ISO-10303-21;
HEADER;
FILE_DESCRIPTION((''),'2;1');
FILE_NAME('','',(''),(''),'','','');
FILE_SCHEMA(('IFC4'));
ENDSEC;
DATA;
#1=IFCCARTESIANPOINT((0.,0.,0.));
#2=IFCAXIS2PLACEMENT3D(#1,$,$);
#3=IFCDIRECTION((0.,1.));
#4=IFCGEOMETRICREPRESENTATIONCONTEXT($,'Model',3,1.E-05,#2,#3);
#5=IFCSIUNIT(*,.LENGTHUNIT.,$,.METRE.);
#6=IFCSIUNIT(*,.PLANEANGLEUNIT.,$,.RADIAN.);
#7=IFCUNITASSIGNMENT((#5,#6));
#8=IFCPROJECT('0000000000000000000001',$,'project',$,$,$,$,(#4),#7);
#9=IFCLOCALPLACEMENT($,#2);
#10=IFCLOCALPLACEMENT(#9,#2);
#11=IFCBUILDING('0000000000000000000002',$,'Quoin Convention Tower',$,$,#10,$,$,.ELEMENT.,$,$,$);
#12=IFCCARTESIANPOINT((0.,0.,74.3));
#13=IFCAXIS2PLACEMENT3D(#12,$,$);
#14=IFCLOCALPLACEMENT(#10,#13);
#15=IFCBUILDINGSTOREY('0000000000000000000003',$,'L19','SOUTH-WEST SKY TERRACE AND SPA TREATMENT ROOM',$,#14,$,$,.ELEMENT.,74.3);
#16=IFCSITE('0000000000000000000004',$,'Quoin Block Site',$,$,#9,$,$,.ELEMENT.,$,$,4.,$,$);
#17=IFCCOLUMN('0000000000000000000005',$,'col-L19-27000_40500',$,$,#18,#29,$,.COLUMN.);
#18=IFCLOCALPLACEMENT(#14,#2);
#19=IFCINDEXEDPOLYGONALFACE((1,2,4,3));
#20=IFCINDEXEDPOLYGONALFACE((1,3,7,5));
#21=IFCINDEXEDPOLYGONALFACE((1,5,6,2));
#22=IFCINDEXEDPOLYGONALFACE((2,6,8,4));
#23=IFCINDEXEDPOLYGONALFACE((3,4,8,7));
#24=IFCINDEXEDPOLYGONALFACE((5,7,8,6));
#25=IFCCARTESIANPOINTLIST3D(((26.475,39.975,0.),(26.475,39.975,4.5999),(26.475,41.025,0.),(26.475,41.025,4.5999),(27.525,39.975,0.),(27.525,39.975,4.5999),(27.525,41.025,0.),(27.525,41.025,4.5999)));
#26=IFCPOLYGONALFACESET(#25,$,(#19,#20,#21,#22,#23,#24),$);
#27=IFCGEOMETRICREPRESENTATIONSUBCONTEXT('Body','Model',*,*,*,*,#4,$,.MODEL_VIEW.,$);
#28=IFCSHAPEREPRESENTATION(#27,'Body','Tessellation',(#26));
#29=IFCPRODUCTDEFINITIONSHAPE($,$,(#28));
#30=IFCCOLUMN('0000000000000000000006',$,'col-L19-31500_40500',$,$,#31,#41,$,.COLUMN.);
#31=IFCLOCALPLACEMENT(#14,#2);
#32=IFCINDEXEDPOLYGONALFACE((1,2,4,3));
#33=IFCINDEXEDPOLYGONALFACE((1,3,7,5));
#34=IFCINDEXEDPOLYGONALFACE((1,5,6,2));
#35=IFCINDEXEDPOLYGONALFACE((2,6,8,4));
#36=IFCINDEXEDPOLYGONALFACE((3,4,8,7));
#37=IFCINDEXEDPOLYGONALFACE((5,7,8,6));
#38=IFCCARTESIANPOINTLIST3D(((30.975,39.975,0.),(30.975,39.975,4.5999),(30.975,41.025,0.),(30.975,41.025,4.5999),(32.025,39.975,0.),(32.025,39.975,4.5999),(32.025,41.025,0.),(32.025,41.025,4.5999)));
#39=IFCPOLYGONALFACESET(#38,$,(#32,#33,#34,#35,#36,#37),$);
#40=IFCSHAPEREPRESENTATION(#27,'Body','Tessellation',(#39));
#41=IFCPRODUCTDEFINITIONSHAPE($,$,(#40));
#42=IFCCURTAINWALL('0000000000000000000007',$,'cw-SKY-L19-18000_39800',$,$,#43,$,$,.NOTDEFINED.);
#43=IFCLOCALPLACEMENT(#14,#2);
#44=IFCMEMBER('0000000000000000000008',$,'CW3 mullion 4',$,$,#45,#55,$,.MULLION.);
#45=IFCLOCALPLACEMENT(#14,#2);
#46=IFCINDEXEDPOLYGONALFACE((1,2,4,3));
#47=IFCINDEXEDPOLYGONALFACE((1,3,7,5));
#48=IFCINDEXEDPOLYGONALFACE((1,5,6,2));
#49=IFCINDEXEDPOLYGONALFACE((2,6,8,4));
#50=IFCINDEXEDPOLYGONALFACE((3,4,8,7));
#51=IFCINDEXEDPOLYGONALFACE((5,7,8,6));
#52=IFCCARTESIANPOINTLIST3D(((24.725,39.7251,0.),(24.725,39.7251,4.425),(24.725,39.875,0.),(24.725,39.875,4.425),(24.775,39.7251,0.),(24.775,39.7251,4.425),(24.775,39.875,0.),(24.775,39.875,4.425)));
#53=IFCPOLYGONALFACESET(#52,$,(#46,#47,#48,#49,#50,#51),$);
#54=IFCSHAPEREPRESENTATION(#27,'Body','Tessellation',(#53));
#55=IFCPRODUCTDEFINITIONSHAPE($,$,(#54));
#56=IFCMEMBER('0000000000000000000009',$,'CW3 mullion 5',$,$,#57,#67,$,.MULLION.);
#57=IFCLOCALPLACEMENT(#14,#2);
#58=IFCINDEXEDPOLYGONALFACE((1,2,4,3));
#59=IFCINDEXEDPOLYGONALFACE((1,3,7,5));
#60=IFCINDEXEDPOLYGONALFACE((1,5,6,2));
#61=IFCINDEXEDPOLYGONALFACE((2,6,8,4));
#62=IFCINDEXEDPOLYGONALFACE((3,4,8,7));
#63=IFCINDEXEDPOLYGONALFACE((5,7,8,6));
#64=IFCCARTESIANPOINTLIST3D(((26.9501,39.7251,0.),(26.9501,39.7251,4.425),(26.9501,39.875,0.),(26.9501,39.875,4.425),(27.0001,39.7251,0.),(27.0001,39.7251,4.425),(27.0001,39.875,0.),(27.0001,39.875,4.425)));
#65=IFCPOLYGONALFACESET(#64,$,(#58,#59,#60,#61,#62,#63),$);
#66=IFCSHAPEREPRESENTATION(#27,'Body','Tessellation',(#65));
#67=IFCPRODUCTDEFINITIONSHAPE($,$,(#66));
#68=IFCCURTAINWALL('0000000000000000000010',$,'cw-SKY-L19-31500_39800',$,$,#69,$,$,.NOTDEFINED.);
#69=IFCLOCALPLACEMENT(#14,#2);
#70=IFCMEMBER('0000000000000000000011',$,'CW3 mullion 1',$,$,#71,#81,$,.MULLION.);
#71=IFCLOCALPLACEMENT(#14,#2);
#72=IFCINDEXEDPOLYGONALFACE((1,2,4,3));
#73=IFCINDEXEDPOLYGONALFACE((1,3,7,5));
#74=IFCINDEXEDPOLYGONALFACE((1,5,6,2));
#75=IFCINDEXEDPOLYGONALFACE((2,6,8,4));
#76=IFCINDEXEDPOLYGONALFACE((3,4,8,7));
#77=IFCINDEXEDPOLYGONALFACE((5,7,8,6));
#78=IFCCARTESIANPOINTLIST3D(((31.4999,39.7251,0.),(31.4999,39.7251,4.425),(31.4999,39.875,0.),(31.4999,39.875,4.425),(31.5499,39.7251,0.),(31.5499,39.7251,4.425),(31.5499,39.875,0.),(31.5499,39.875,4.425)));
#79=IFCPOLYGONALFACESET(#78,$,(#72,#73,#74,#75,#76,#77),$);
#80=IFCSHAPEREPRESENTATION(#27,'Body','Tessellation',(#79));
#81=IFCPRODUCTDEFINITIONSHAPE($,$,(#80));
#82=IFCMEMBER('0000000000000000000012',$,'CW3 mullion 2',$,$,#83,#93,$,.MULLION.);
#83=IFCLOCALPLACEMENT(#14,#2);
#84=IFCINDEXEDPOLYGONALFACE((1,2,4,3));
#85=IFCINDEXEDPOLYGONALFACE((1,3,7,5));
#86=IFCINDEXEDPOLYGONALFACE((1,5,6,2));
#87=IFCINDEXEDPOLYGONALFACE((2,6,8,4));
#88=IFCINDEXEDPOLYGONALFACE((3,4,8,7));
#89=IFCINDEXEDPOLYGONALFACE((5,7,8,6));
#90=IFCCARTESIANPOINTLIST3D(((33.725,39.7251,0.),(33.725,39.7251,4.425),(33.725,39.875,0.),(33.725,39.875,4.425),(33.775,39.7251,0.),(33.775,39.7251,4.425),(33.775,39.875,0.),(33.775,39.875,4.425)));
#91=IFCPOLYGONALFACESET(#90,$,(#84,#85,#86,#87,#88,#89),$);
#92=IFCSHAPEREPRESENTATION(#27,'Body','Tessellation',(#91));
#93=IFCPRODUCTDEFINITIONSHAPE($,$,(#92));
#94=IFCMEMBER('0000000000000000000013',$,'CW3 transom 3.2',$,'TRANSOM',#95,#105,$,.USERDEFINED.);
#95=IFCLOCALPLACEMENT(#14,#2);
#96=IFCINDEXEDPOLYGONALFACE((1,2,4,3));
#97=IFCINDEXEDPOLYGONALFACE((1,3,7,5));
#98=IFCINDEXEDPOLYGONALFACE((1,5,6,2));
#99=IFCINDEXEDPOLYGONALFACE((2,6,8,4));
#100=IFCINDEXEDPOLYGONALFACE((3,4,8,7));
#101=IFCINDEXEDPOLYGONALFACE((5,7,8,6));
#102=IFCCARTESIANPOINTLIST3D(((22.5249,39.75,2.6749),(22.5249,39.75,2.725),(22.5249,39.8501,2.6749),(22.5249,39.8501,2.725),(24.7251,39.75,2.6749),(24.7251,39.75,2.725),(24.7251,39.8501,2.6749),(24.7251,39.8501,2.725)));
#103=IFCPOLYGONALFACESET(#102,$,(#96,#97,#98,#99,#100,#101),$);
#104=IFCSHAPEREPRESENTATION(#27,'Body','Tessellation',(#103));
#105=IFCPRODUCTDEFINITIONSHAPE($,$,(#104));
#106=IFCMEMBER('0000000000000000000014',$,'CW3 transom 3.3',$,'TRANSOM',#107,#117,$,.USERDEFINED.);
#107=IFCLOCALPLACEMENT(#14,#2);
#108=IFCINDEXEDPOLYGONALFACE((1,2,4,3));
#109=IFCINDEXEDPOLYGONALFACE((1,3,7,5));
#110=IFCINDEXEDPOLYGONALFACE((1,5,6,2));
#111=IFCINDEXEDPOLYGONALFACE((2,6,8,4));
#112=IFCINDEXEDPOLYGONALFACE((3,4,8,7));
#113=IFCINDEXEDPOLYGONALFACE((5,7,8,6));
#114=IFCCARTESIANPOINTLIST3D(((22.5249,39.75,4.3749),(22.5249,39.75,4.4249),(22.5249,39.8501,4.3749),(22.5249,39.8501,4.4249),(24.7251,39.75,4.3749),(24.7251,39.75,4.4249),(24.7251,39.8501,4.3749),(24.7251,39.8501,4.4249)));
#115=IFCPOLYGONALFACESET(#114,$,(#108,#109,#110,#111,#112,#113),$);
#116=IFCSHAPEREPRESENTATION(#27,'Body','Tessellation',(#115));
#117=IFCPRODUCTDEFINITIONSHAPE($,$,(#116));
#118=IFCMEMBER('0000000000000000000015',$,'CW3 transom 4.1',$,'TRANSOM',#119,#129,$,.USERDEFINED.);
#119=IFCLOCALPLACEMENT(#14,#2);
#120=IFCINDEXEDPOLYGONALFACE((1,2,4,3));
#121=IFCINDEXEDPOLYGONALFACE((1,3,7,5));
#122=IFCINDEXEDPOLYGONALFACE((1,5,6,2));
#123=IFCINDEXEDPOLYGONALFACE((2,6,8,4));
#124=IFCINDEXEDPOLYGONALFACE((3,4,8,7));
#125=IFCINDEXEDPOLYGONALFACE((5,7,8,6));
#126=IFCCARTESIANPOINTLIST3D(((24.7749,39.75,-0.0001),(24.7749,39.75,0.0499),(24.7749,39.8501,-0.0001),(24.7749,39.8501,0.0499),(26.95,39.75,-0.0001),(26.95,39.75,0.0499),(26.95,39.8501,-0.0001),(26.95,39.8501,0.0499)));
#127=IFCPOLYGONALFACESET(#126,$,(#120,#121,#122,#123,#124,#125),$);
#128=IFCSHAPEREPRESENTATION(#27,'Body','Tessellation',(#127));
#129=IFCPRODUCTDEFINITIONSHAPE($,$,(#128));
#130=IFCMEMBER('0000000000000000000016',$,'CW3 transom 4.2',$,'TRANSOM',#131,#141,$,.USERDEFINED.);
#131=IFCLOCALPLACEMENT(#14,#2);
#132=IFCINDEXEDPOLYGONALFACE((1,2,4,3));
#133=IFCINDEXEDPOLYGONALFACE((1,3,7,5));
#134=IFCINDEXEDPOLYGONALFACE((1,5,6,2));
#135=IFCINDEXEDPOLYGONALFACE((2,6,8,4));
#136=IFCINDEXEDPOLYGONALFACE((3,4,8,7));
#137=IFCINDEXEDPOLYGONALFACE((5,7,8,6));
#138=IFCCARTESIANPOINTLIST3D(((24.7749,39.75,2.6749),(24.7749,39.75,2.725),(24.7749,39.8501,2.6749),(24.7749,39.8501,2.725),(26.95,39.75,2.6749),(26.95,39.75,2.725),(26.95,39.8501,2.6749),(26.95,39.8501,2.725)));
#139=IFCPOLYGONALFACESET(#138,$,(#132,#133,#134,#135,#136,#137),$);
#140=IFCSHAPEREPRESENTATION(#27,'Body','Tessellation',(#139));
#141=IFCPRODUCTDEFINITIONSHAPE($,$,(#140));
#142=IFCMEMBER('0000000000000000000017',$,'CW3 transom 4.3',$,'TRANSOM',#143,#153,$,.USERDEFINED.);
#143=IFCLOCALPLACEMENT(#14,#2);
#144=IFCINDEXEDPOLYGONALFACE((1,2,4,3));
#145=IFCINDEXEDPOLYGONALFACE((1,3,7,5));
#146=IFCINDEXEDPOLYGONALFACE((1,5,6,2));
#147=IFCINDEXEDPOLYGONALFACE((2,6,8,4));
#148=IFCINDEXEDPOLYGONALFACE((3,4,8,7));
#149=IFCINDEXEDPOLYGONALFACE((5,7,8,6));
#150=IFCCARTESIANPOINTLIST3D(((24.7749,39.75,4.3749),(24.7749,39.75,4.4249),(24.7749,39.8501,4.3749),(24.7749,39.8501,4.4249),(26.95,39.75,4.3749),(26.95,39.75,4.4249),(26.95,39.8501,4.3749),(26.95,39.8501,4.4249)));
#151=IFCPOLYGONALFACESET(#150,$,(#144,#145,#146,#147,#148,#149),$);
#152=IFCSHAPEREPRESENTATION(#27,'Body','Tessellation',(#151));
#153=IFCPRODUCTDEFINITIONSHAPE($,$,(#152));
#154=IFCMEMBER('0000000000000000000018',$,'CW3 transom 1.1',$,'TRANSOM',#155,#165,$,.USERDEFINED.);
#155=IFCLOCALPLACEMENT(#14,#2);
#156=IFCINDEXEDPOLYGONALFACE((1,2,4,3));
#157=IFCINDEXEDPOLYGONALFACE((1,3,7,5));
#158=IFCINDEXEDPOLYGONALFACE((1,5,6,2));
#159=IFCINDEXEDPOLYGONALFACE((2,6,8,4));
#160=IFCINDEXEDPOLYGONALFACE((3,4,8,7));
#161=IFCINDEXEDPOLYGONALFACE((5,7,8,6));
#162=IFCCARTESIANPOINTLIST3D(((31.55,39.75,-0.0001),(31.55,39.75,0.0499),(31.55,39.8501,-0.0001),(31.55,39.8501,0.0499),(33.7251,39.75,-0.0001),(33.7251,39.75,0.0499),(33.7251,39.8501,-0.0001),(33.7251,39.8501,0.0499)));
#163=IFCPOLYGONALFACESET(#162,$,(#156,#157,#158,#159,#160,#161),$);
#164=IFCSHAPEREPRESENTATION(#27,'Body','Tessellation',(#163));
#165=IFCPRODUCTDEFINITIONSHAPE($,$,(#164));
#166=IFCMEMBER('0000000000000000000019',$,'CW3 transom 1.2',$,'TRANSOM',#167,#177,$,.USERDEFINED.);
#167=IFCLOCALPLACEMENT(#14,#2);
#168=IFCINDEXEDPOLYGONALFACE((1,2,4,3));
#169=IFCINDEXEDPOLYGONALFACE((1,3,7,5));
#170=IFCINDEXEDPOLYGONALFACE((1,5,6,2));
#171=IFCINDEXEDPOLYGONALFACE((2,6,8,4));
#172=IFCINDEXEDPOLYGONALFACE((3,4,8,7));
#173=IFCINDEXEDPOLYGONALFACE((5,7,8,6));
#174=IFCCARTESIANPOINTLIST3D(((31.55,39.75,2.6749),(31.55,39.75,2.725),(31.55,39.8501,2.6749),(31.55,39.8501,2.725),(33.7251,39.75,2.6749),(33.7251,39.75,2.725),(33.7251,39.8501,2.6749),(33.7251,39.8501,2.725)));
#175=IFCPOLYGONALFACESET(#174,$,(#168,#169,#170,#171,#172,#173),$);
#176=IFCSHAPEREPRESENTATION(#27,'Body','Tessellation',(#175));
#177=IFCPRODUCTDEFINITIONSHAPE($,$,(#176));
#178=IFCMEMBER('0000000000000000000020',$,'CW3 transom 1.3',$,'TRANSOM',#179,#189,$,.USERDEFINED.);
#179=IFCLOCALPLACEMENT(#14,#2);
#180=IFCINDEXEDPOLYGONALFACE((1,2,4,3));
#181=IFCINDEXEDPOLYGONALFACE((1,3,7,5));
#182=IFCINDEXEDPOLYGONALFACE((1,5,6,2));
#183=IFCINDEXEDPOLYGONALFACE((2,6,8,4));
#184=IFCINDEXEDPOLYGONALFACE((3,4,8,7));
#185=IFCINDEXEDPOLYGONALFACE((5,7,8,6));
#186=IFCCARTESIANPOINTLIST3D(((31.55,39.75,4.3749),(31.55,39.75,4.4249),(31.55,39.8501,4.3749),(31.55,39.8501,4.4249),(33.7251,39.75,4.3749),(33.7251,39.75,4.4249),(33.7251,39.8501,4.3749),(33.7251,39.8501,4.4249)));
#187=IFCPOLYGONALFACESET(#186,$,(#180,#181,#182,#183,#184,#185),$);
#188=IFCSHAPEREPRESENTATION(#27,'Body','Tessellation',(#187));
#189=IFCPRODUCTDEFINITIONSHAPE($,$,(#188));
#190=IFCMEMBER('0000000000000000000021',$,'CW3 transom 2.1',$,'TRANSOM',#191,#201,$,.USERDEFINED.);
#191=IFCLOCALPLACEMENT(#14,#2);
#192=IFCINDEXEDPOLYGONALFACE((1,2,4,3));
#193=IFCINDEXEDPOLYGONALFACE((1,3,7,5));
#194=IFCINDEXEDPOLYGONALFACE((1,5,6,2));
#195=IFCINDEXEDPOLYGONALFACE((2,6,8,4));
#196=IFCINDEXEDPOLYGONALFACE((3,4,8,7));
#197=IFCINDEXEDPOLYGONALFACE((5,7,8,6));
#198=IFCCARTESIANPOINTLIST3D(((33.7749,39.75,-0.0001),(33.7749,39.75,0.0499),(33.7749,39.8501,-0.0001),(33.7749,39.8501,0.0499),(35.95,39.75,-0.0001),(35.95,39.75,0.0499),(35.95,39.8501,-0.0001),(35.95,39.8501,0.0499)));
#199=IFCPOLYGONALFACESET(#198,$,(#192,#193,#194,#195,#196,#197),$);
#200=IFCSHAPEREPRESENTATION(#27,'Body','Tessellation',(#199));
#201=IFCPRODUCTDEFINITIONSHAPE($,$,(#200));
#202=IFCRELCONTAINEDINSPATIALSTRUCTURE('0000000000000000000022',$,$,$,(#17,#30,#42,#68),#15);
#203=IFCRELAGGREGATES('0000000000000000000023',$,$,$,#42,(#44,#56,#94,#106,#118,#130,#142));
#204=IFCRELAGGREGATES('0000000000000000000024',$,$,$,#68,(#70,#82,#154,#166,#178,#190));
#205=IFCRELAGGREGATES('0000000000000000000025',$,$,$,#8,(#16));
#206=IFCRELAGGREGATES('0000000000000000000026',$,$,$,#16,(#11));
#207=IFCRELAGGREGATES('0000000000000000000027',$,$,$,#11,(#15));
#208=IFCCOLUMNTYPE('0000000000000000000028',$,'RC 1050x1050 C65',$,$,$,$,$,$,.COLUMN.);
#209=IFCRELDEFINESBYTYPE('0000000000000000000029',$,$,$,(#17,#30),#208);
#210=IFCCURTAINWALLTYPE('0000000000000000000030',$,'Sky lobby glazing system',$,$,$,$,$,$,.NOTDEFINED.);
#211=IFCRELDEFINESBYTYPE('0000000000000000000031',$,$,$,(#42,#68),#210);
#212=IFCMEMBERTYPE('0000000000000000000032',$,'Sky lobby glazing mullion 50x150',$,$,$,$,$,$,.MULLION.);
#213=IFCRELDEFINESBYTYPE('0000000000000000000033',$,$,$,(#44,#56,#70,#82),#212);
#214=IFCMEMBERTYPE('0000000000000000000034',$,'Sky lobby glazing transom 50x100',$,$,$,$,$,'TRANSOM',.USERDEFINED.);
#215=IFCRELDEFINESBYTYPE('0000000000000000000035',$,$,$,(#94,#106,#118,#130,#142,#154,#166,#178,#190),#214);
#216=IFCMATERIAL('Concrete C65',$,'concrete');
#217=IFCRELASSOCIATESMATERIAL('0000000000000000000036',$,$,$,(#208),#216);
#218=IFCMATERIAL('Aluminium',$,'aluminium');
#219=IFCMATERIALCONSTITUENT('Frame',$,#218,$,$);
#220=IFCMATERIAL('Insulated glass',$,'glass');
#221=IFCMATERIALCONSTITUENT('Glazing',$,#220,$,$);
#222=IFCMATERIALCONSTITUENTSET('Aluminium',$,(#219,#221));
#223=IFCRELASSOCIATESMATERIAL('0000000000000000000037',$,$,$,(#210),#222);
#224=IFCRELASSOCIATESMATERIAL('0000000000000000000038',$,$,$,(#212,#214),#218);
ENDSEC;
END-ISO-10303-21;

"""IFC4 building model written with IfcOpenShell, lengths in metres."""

from ifc_helpers import new_model, si_unit, direction, frame, origin, origin_2d, place, context, subcontext, project, spatial, rectangle, extrude, material, constituent, constituent_set, material_profile, profile_set, type_object, element, aggregate, save


model = new_model("IFC4")

# Units and contexts
model_context = context("Model", 3, precision=1e-05, world=origin(), true_north=direction((0.0, 1.0)))
body_context = subcontext(model_context, "Body", "Model", "MODEL_VIEW")
ifc_project = project(units=[si_unit("LENGTHUNIT", "METRE"), si_unit("PLANEANGLEUNIT", "RADIAN")], contexts=[model_context])

# Site, building, storey
site_placement = place(None, origin())
site = spatial("IfcSite", under=ifc_project, at=site_placement, Name="Quoin Block Site", CompositionType="ELEMENT", RefElevation=4.0)
building_placement = place(site_placement, origin())
building = spatial("IfcBuilding", under=site, at=building_placement, Name="Quoin Convention Tower", CompositionType="ELEMENT")
storey_placement = place(building_placement, frame((0.0, 0.0, 74.3)))
storey = spatial("IfcBuildingStorey", under=building, at=storey_placement, Name="L19", Description="SOUTH-WEST SKY TERRACE AND SPA TREATMENT ROOM", CompositionType="ELEMENT", Elevation=74.3)

# Columns
ifc_material_1 = material(Name="Concrete C65", Category="concrete")
ifc_material_profile_1 = material_profile(ifc_material_1, rectangle(XDim=1.05, YDim=1.05, at=origin_2d()), Name="RC 1050x1050")
ifc_profile_set_1 = profile_set([ifc_material_profile_1], Name="Concrete C65")
column_type = type_object("IfcColumnType", Name="RC 1050x1050 C65", PredefinedType="COLUMN", material=ifc_profile_set_1)
for number, where, z_axis, x_axis, name in (
    (1, (27.0, 40.5, 0.0), (0.0, 0.0, 1.0), (1.0, 0.0, 0.0), "col-L19-27000_40500"),
    (2, (31.5, 40.5, 0.0), (0.0, 0.0, 1.0), (1.0, 0.0, 0.0), "col-L19-31500_40500"),
):
    element("IfcColumn", number, at=place(storey_placement, frame(where, z_axis=z_axis, x_axis=x_axis)), inside=storey, type_object=column_type, Name=name, PredefinedType="COLUMN", context=body_context, shape_type="SweptSolid", body=[
        extrude(rectangle(XDim=1.05, YDim=1.05, at=origin_2d()), origin(), (0.0, 0.0, 1.0), 4.5999),
    ])

# Curtain walls, members
ifc_material_2 = material(Name="Aluminium", Category="aluminium")
ifc_constituent_1 = constituent(ifc_material_2, Name="Frame")
ifc_material_3 = material(Name="Insulated glass", Category="glass")
ifc_constituent_2 = constituent(ifc_material_3, Name="Glazing")
ifc_constituent_set_1 = constituent_set(constituents=[ifc_constituent_1, ifc_constituent_2], Name="Aluminium")
curtain_wall_type = type_object("IfcCurtainWallType", Name="Sky lobby glazing system", PredefinedType="NOTDEFINED", material=ifc_constituent_set_1)
curtain_wall_1_placement = place(storey_placement, origin())
curtain_wall_1 = element("IfcCurtainWall", 3, at=curtain_wall_1_placement, inside=storey, type_object=curtain_wall_type, Name="cw-SKY-L19-18000_39800", PredefinedType="NOTDEFINED")
ifc_material_profile_2 = material_profile(ifc_material_2, rectangle(XDim=0.1499, YDim=0.05, at=origin_2d()), Name="Sky lobby glazing mullion 50x150")
ifc_profile_set_2 = profile_set([ifc_material_profile_2], Name="Aluminium")
member_type_1 = type_object("IfcMemberType", Name="Sky lobby glazing mullion 50x150", PredefinedType="MULLION", material=ifc_profile_set_2)
member_1_placement = place(storey_placement, frame((24.75, 39.8, 0.0), z_axis=(0.0, 0.0, 1.0), x_axis=(0.0, 1.0, 0.0)))
member_1 = element("IfcMember", 4, at=member_1_placement, type_object=member_type_1, Name="CW3 mullion 4", PredefinedType="MULLION", context=body_context, shape_type="SweptSolid", body=[
    extrude(rectangle(XDim=0.1499, YDim=0.05, at=origin_2d()), origin(), (0.0, 0.0, 1.0), 4.425),
])
member_2_placement = place(storey_placement, frame((26.9751, 39.8, 0.0), z_axis=(0.0, 0.0, 1.0), x_axis=(0.0, 1.0, 0.0)))
member_2 = element("IfcMember", 5, at=member_2_placement, type_object=member_type_1, Name="CW3 mullion 5", PredefinedType="MULLION", context=body_context, shape_type="SweptSolid", body=[
    extrude(rectangle(XDim=0.1499, YDim=0.05, at=origin_2d()), origin(), (0.0, 0.0, 1.0), 4.425),
])
curtain_wall_2_placement = place(storey_placement, origin())
curtain_wall_2 = element("IfcCurtainWall", 6, at=curtain_wall_2_placement, inside=storey, type_object=curtain_wall_type, Name="cw-SKY-L19-31500_39800", PredefinedType="NOTDEFINED")
member_3_placement = place(storey_placement, frame((31.5249, 39.8, 0.0), z_axis=(0.0, 0.0, 1.0), x_axis=(0.0, 1.0, 0.0)))
member_3 = element("IfcMember", 7, at=member_3_placement, type_object=member_type_1, Name="CW3 mullion 1", PredefinedType="MULLION", context=body_context, shape_type="SweptSolid", body=[
    extrude(rectangle(XDim=0.1499, YDim=0.05, at=origin_2d()), origin(), (0.0, 0.0, 1.0), 4.425),
])
member_4_placement = place(storey_placement, frame((33.75, 39.8, 0.0), z_axis=(0.0, 0.0, 1.0), x_axis=(0.0, 1.0, 0.0)))
member_4 = element("IfcMember", 8, at=member_4_placement, type_object=member_type_1, Name="CW3 mullion 2", PredefinedType="MULLION", context=body_context, shape_type="SweptSolid", body=[
    extrude(rectangle(XDim=0.1499, YDim=0.05, at=origin_2d()), origin(), (0.0, 0.0, 1.0), 4.425),
])

# Members
ifc_material_profile_3 = material_profile(ifc_material_2, rectangle(XDim=0.1001, YDim=0.05, at=origin_2d()), Name="Sky lobby glazing transom 50x100")
ifc_profile_set_3 = profile_set([ifc_material_profile_3], Name="Aluminium")
member_type_2 = type_object("IfcMemberType", Name="Sky lobby glazing transom 50x100", ElementType="TRANSOM", PredefinedType="USERDEFINED", material=ifc_profile_set_3)
member_5_placement = place(storey_placement, frame((22.5249, 39.8, 2.7), z_axis=(1.0, 0.0, 0.0), x_axis=(0.0, 1.0, 0.0)))
member_5 = element("IfcMember", 9, at=member_5_placement, type_object=member_type_2, Name="CW3 transom 3.2", ObjectType="TRANSOM", PredefinedType="USERDEFINED", context=body_context, shape_type="SweptSolid", body=[
    extrude(rectangle(XDim=0.1001, YDim=0.05, at=origin_2d()), origin(), (0.0, 0.0, 1.0), 2.2002),
])
member_6_placement = place(storey_placement, frame((22.5249, 39.8, 4.3999), z_axis=(1.0, 0.0, 0.0), x_axis=(0.0, 1.0, 0.0)))
member_6 = element("IfcMember", 10, at=member_6_placement, type_object=member_type_2, Name="CW3 transom 3.3", ObjectType="TRANSOM", PredefinedType="USERDEFINED", context=body_context, shape_type="SweptSolid", body=[
    extrude(rectangle(XDim=0.1001, YDim=0.05, at=origin_2d()), origin(), (0.0, 0.0, 1.0), 2.2002),
])
member_7_placement = place(storey_placement, frame((24.7749, 39.8, 0.0249), z_axis=(1.0, 0.0, 0.0), x_axis=(0.0, 1.0, 0.0)))
member_7 = element("IfcMember", 11, at=member_7_placement, type_object=member_type_2, Name="CW3 transom 4.1", ObjectType="TRANSOM", PredefinedType="USERDEFINED", context=body_context, shape_type="SweptSolid", body=[
    extrude(rectangle(XDim=0.1001, YDim=0.05, at=origin_2d()), origin(), (0.0, 0.0, 1.0), 2.175),
])
member_8_placement = place(storey_placement, frame((24.7749, 39.8, 2.7), z_axis=(1.0, 0.0, 0.0), x_axis=(0.0, 1.0, 0.0)))
member_8 = element("IfcMember", 12, at=member_8_placement, type_object=member_type_2, Name="CW3 transom 4.2", ObjectType="TRANSOM", PredefinedType="USERDEFINED", context=body_context, shape_type="SweptSolid", body=[
    extrude(rectangle(XDim=0.1001, YDim=0.05, at=origin_2d()), origin(), (0.0, 0.0, 1.0), 2.175),
])
member_9_placement = place(storey_placement, frame((24.7749, 39.8, 4.3999), z_axis=(1.0, 0.0, 0.0), x_axis=(0.0, 1.0, 0.0)))
member_9 = element("IfcMember", 13, at=member_9_placement, type_object=member_type_2, Name="CW3 transom 4.3", ObjectType="TRANSOM", PredefinedType="USERDEFINED", context=body_context, shape_type="SweptSolid", body=[
    extrude(rectangle(XDim=0.1001, YDim=0.05, at=origin_2d()), origin(), (0.0, 0.0, 1.0), 2.175),
])
member_10_placement = place(storey_placement, frame((31.55, 39.8, 0.0249), z_axis=(1.0, 0.0, 0.0), x_axis=(0.0, 1.0, 0.0)))
member_10 = element("IfcMember", 14, at=member_10_placement, type_object=member_type_2, Name="CW3 transom 1.1", ObjectType="TRANSOM", PredefinedType="USERDEFINED", context=body_context, shape_type="SweptSolid", body=[
    extrude(rectangle(XDim=0.1001, YDim=0.05, at=origin_2d()), origin(), (0.0, 0.0, 1.0), 2.175),
])
member_11_placement = place(storey_placement, frame((31.55, 39.8, 2.7), z_axis=(1.0, 0.0, 0.0), x_axis=(0.0, 1.0, 0.0)))
member_11 = element("IfcMember", 15, at=member_11_placement, type_object=member_type_2, Name="CW3 transom 1.2", ObjectType="TRANSOM", PredefinedType="USERDEFINED", context=body_context, shape_type="SweptSolid", body=[
    extrude(rectangle(XDim=0.1001, YDim=0.05, at=origin_2d()), origin(), (0.0, 0.0, 1.0), 2.175),
])
member_12_placement = place(storey_placement, frame((31.55, 39.8, 4.3999), z_axis=(1.0, 0.0, 0.0), x_axis=(0.0, 1.0, 0.0)))
member_12 = element("IfcMember", 16, at=member_12_placement, type_object=member_type_2, Name="CW3 transom 1.3", ObjectType="TRANSOM", PredefinedType="USERDEFINED", context=body_context, shape_type="SweptSolid", body=[
    extrude(rectangle(XDim=0.1001, YDim=0.05, at=origin_2d()), origin(), (0.0, 0.0, 1.0), 2.175),
])
member_13_placement = place(storey_placement, frame((33.7749, 39.8, 0.0249), z_axis=(1.0, 0.0, 0.0), x_axis=(0.0, 1.0, 0.0)))
member_13 = element("IfcMember", 17, at=member_13_placement, type_object=member_type_2, Name="CW3 transom 2.1", ObjectType="TRANSOM", PredefinedType="USERDEFINED", context=body_context, shape_type="SweptSolid", body=[
    extrude(rectangle(XDim=0.1001, YDim=0.05, at=origin_2d()), origin(), (0.0, 0.0, 1.0), 2.175),
])

aggregate(curtain_wall_1, [member_1, member_2, member_5, member_6, member_7, member_8, member_9])
aggregate(curtain_wall_2, [member_3, member_4, member_10, member_11, member_12, member_13])

save(model, "model.ifc")
